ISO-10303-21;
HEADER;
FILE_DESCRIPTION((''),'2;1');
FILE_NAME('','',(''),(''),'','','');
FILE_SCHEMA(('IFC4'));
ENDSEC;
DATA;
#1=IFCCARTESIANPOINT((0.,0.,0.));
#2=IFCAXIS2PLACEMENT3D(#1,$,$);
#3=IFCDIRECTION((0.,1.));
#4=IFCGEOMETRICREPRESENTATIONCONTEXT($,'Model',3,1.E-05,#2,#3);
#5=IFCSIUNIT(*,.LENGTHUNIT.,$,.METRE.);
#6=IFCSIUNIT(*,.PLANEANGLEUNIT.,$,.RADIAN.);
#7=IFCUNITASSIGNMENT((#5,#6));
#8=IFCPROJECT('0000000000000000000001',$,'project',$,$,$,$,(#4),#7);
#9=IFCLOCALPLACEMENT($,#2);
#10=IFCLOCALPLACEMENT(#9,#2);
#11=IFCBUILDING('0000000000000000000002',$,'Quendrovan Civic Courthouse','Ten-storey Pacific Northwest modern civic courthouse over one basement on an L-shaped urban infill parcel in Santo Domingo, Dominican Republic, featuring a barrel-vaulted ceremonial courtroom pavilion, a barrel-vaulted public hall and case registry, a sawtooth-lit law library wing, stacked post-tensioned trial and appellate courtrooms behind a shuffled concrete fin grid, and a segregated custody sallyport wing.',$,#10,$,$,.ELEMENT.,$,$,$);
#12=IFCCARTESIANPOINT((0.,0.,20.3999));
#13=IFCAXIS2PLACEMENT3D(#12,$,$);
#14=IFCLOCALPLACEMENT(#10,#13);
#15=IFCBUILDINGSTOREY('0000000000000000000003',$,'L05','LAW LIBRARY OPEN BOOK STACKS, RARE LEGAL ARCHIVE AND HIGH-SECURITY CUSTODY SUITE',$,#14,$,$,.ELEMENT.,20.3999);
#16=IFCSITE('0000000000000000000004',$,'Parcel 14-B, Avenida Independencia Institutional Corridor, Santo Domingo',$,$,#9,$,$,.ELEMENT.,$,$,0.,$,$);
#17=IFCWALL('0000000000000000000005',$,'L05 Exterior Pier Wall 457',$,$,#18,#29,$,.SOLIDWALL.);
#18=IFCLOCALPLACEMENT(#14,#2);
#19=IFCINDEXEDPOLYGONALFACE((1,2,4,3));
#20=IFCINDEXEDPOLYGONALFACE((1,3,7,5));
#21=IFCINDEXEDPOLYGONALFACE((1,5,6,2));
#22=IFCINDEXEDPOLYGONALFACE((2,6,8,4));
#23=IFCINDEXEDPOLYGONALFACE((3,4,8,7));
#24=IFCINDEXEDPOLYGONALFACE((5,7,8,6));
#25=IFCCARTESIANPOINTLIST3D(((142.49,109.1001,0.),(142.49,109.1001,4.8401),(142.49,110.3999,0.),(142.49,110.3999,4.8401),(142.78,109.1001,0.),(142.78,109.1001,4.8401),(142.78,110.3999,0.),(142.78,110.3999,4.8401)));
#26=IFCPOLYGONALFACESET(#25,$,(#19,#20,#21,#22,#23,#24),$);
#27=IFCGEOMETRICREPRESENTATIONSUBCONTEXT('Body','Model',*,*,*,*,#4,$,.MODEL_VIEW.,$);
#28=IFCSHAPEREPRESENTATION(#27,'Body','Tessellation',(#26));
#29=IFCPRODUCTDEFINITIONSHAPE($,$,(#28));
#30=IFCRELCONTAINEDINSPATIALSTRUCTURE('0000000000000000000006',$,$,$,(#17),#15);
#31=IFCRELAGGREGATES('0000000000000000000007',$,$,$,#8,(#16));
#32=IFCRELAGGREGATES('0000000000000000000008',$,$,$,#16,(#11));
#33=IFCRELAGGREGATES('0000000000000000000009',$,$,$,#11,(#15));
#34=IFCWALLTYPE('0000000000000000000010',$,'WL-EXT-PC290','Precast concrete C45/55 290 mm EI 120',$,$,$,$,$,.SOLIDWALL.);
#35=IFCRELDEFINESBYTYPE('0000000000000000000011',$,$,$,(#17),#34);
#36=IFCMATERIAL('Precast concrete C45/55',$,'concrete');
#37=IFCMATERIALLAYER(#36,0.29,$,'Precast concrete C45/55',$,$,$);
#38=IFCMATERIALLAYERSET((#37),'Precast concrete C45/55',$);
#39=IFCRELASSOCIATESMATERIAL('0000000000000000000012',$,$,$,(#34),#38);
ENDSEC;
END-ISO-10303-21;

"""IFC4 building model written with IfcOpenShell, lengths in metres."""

from ifc_helpers import new_model, si_unit, direction, frame, frame_2d, origin, place, context, subcontext, project, spatial, rectangle, extrude, material, layer, layer_set, type_object, element, save


model = new_model("IFC4")

# Units and contexts
model_context = context("Model", 3, precision=1e-05, world=origin(), true_north=direction((0.0, 1.0)))
body_context = subcontext(model_context, "Body", "Model", "MODEL_VIEW")
ifc_project = project(units=[si_unit("LENGTHUNIT", "METRE"), si_unit("PLANEANGLEUNIT", "RADIAN")], contexts=[model_context])

# Site, building, storey
site_placement = place(None, origin())
site = spatial("IfcSite", under=ifc_project, at=site_placement, Name="Parcel 14-B, Avenida Independencia Institutional Corridor, Santo Domingo", CompositionType="ELEMENT", RefElevation=0.0)
building_placement = place(site_placement, origin())
building = spatial("IfcBuilding", under=site, at=building_placement, Name="Quendrovan Civic Courthouse", Description="Ten-storey Pacific Northwest modern civic courthouse over one basement on an L-shaped urban infill parcel in Santo Domingo, Dominican Republic, featuring a barrel-vaulted ceremonial courtroom pavilion, a barrel-vaulted public hall and case registry, a sawtooth-lit law library wing, stacked post-tensioned trial and appellate courtrooms behind a shuffled concrete fin grid, and a segregated custody sallyport wing.", CompositionType="ELEMENT")
storey_placement = place(building_placement, frame((0.0, 0.0, 20.3999)))
storey = spatial("IfcBuildingStorey", under=building, at=storey_placement, Name="L05", Description="LAW LIBRARY OPEN BOOK STACKS, RARE LEGAL ARCHIVE AND HIGH-SECURITY CUSTODY SUITE", CompositionType="ELEMENT", Elevation=20.3999)

# Wall
ifc_material_1 = material(Name="Precast concrete C45/55", Category="concrete")
ifc_layer_1 = layer(ifc_material_1, 0.29, Name="Precast concrete C45/55")
ifc_layer_set_1 = layer_set([ifc_layer_1], Name="Precast concrete C45/55")
wall_type = type_object("IfcWallType", Name="WL-EXT-PC290", Description="Precast concrete C45/55 290 mm EI 120", PredefinedType="SOLIDWALL", material=ifc_layer_set_1)
wall_1_placement = place(storey_placement, frame((142.635, 110.3999, 0.0), z_axis=(0.0, 0.0, 1.0), x_axis=(0.0, -1.0, 0.0)))
element("IfcWall", 1, at=wall_1_placement, inside=storey, type_object=wall_type, Name="L05 Exterior Pier Wall 457", PredefinedType="SOLIDWALL", context=body_context, shape_type="SweptSolid", body=[
    extrude(rectangle(XDim=1.2998, YDim=0.29, at=frame_2d((0.6499, 0.0))), origin(), (0.0, 0.0, 1.0), 4.8401),
])

save(model, "model.ifc")
